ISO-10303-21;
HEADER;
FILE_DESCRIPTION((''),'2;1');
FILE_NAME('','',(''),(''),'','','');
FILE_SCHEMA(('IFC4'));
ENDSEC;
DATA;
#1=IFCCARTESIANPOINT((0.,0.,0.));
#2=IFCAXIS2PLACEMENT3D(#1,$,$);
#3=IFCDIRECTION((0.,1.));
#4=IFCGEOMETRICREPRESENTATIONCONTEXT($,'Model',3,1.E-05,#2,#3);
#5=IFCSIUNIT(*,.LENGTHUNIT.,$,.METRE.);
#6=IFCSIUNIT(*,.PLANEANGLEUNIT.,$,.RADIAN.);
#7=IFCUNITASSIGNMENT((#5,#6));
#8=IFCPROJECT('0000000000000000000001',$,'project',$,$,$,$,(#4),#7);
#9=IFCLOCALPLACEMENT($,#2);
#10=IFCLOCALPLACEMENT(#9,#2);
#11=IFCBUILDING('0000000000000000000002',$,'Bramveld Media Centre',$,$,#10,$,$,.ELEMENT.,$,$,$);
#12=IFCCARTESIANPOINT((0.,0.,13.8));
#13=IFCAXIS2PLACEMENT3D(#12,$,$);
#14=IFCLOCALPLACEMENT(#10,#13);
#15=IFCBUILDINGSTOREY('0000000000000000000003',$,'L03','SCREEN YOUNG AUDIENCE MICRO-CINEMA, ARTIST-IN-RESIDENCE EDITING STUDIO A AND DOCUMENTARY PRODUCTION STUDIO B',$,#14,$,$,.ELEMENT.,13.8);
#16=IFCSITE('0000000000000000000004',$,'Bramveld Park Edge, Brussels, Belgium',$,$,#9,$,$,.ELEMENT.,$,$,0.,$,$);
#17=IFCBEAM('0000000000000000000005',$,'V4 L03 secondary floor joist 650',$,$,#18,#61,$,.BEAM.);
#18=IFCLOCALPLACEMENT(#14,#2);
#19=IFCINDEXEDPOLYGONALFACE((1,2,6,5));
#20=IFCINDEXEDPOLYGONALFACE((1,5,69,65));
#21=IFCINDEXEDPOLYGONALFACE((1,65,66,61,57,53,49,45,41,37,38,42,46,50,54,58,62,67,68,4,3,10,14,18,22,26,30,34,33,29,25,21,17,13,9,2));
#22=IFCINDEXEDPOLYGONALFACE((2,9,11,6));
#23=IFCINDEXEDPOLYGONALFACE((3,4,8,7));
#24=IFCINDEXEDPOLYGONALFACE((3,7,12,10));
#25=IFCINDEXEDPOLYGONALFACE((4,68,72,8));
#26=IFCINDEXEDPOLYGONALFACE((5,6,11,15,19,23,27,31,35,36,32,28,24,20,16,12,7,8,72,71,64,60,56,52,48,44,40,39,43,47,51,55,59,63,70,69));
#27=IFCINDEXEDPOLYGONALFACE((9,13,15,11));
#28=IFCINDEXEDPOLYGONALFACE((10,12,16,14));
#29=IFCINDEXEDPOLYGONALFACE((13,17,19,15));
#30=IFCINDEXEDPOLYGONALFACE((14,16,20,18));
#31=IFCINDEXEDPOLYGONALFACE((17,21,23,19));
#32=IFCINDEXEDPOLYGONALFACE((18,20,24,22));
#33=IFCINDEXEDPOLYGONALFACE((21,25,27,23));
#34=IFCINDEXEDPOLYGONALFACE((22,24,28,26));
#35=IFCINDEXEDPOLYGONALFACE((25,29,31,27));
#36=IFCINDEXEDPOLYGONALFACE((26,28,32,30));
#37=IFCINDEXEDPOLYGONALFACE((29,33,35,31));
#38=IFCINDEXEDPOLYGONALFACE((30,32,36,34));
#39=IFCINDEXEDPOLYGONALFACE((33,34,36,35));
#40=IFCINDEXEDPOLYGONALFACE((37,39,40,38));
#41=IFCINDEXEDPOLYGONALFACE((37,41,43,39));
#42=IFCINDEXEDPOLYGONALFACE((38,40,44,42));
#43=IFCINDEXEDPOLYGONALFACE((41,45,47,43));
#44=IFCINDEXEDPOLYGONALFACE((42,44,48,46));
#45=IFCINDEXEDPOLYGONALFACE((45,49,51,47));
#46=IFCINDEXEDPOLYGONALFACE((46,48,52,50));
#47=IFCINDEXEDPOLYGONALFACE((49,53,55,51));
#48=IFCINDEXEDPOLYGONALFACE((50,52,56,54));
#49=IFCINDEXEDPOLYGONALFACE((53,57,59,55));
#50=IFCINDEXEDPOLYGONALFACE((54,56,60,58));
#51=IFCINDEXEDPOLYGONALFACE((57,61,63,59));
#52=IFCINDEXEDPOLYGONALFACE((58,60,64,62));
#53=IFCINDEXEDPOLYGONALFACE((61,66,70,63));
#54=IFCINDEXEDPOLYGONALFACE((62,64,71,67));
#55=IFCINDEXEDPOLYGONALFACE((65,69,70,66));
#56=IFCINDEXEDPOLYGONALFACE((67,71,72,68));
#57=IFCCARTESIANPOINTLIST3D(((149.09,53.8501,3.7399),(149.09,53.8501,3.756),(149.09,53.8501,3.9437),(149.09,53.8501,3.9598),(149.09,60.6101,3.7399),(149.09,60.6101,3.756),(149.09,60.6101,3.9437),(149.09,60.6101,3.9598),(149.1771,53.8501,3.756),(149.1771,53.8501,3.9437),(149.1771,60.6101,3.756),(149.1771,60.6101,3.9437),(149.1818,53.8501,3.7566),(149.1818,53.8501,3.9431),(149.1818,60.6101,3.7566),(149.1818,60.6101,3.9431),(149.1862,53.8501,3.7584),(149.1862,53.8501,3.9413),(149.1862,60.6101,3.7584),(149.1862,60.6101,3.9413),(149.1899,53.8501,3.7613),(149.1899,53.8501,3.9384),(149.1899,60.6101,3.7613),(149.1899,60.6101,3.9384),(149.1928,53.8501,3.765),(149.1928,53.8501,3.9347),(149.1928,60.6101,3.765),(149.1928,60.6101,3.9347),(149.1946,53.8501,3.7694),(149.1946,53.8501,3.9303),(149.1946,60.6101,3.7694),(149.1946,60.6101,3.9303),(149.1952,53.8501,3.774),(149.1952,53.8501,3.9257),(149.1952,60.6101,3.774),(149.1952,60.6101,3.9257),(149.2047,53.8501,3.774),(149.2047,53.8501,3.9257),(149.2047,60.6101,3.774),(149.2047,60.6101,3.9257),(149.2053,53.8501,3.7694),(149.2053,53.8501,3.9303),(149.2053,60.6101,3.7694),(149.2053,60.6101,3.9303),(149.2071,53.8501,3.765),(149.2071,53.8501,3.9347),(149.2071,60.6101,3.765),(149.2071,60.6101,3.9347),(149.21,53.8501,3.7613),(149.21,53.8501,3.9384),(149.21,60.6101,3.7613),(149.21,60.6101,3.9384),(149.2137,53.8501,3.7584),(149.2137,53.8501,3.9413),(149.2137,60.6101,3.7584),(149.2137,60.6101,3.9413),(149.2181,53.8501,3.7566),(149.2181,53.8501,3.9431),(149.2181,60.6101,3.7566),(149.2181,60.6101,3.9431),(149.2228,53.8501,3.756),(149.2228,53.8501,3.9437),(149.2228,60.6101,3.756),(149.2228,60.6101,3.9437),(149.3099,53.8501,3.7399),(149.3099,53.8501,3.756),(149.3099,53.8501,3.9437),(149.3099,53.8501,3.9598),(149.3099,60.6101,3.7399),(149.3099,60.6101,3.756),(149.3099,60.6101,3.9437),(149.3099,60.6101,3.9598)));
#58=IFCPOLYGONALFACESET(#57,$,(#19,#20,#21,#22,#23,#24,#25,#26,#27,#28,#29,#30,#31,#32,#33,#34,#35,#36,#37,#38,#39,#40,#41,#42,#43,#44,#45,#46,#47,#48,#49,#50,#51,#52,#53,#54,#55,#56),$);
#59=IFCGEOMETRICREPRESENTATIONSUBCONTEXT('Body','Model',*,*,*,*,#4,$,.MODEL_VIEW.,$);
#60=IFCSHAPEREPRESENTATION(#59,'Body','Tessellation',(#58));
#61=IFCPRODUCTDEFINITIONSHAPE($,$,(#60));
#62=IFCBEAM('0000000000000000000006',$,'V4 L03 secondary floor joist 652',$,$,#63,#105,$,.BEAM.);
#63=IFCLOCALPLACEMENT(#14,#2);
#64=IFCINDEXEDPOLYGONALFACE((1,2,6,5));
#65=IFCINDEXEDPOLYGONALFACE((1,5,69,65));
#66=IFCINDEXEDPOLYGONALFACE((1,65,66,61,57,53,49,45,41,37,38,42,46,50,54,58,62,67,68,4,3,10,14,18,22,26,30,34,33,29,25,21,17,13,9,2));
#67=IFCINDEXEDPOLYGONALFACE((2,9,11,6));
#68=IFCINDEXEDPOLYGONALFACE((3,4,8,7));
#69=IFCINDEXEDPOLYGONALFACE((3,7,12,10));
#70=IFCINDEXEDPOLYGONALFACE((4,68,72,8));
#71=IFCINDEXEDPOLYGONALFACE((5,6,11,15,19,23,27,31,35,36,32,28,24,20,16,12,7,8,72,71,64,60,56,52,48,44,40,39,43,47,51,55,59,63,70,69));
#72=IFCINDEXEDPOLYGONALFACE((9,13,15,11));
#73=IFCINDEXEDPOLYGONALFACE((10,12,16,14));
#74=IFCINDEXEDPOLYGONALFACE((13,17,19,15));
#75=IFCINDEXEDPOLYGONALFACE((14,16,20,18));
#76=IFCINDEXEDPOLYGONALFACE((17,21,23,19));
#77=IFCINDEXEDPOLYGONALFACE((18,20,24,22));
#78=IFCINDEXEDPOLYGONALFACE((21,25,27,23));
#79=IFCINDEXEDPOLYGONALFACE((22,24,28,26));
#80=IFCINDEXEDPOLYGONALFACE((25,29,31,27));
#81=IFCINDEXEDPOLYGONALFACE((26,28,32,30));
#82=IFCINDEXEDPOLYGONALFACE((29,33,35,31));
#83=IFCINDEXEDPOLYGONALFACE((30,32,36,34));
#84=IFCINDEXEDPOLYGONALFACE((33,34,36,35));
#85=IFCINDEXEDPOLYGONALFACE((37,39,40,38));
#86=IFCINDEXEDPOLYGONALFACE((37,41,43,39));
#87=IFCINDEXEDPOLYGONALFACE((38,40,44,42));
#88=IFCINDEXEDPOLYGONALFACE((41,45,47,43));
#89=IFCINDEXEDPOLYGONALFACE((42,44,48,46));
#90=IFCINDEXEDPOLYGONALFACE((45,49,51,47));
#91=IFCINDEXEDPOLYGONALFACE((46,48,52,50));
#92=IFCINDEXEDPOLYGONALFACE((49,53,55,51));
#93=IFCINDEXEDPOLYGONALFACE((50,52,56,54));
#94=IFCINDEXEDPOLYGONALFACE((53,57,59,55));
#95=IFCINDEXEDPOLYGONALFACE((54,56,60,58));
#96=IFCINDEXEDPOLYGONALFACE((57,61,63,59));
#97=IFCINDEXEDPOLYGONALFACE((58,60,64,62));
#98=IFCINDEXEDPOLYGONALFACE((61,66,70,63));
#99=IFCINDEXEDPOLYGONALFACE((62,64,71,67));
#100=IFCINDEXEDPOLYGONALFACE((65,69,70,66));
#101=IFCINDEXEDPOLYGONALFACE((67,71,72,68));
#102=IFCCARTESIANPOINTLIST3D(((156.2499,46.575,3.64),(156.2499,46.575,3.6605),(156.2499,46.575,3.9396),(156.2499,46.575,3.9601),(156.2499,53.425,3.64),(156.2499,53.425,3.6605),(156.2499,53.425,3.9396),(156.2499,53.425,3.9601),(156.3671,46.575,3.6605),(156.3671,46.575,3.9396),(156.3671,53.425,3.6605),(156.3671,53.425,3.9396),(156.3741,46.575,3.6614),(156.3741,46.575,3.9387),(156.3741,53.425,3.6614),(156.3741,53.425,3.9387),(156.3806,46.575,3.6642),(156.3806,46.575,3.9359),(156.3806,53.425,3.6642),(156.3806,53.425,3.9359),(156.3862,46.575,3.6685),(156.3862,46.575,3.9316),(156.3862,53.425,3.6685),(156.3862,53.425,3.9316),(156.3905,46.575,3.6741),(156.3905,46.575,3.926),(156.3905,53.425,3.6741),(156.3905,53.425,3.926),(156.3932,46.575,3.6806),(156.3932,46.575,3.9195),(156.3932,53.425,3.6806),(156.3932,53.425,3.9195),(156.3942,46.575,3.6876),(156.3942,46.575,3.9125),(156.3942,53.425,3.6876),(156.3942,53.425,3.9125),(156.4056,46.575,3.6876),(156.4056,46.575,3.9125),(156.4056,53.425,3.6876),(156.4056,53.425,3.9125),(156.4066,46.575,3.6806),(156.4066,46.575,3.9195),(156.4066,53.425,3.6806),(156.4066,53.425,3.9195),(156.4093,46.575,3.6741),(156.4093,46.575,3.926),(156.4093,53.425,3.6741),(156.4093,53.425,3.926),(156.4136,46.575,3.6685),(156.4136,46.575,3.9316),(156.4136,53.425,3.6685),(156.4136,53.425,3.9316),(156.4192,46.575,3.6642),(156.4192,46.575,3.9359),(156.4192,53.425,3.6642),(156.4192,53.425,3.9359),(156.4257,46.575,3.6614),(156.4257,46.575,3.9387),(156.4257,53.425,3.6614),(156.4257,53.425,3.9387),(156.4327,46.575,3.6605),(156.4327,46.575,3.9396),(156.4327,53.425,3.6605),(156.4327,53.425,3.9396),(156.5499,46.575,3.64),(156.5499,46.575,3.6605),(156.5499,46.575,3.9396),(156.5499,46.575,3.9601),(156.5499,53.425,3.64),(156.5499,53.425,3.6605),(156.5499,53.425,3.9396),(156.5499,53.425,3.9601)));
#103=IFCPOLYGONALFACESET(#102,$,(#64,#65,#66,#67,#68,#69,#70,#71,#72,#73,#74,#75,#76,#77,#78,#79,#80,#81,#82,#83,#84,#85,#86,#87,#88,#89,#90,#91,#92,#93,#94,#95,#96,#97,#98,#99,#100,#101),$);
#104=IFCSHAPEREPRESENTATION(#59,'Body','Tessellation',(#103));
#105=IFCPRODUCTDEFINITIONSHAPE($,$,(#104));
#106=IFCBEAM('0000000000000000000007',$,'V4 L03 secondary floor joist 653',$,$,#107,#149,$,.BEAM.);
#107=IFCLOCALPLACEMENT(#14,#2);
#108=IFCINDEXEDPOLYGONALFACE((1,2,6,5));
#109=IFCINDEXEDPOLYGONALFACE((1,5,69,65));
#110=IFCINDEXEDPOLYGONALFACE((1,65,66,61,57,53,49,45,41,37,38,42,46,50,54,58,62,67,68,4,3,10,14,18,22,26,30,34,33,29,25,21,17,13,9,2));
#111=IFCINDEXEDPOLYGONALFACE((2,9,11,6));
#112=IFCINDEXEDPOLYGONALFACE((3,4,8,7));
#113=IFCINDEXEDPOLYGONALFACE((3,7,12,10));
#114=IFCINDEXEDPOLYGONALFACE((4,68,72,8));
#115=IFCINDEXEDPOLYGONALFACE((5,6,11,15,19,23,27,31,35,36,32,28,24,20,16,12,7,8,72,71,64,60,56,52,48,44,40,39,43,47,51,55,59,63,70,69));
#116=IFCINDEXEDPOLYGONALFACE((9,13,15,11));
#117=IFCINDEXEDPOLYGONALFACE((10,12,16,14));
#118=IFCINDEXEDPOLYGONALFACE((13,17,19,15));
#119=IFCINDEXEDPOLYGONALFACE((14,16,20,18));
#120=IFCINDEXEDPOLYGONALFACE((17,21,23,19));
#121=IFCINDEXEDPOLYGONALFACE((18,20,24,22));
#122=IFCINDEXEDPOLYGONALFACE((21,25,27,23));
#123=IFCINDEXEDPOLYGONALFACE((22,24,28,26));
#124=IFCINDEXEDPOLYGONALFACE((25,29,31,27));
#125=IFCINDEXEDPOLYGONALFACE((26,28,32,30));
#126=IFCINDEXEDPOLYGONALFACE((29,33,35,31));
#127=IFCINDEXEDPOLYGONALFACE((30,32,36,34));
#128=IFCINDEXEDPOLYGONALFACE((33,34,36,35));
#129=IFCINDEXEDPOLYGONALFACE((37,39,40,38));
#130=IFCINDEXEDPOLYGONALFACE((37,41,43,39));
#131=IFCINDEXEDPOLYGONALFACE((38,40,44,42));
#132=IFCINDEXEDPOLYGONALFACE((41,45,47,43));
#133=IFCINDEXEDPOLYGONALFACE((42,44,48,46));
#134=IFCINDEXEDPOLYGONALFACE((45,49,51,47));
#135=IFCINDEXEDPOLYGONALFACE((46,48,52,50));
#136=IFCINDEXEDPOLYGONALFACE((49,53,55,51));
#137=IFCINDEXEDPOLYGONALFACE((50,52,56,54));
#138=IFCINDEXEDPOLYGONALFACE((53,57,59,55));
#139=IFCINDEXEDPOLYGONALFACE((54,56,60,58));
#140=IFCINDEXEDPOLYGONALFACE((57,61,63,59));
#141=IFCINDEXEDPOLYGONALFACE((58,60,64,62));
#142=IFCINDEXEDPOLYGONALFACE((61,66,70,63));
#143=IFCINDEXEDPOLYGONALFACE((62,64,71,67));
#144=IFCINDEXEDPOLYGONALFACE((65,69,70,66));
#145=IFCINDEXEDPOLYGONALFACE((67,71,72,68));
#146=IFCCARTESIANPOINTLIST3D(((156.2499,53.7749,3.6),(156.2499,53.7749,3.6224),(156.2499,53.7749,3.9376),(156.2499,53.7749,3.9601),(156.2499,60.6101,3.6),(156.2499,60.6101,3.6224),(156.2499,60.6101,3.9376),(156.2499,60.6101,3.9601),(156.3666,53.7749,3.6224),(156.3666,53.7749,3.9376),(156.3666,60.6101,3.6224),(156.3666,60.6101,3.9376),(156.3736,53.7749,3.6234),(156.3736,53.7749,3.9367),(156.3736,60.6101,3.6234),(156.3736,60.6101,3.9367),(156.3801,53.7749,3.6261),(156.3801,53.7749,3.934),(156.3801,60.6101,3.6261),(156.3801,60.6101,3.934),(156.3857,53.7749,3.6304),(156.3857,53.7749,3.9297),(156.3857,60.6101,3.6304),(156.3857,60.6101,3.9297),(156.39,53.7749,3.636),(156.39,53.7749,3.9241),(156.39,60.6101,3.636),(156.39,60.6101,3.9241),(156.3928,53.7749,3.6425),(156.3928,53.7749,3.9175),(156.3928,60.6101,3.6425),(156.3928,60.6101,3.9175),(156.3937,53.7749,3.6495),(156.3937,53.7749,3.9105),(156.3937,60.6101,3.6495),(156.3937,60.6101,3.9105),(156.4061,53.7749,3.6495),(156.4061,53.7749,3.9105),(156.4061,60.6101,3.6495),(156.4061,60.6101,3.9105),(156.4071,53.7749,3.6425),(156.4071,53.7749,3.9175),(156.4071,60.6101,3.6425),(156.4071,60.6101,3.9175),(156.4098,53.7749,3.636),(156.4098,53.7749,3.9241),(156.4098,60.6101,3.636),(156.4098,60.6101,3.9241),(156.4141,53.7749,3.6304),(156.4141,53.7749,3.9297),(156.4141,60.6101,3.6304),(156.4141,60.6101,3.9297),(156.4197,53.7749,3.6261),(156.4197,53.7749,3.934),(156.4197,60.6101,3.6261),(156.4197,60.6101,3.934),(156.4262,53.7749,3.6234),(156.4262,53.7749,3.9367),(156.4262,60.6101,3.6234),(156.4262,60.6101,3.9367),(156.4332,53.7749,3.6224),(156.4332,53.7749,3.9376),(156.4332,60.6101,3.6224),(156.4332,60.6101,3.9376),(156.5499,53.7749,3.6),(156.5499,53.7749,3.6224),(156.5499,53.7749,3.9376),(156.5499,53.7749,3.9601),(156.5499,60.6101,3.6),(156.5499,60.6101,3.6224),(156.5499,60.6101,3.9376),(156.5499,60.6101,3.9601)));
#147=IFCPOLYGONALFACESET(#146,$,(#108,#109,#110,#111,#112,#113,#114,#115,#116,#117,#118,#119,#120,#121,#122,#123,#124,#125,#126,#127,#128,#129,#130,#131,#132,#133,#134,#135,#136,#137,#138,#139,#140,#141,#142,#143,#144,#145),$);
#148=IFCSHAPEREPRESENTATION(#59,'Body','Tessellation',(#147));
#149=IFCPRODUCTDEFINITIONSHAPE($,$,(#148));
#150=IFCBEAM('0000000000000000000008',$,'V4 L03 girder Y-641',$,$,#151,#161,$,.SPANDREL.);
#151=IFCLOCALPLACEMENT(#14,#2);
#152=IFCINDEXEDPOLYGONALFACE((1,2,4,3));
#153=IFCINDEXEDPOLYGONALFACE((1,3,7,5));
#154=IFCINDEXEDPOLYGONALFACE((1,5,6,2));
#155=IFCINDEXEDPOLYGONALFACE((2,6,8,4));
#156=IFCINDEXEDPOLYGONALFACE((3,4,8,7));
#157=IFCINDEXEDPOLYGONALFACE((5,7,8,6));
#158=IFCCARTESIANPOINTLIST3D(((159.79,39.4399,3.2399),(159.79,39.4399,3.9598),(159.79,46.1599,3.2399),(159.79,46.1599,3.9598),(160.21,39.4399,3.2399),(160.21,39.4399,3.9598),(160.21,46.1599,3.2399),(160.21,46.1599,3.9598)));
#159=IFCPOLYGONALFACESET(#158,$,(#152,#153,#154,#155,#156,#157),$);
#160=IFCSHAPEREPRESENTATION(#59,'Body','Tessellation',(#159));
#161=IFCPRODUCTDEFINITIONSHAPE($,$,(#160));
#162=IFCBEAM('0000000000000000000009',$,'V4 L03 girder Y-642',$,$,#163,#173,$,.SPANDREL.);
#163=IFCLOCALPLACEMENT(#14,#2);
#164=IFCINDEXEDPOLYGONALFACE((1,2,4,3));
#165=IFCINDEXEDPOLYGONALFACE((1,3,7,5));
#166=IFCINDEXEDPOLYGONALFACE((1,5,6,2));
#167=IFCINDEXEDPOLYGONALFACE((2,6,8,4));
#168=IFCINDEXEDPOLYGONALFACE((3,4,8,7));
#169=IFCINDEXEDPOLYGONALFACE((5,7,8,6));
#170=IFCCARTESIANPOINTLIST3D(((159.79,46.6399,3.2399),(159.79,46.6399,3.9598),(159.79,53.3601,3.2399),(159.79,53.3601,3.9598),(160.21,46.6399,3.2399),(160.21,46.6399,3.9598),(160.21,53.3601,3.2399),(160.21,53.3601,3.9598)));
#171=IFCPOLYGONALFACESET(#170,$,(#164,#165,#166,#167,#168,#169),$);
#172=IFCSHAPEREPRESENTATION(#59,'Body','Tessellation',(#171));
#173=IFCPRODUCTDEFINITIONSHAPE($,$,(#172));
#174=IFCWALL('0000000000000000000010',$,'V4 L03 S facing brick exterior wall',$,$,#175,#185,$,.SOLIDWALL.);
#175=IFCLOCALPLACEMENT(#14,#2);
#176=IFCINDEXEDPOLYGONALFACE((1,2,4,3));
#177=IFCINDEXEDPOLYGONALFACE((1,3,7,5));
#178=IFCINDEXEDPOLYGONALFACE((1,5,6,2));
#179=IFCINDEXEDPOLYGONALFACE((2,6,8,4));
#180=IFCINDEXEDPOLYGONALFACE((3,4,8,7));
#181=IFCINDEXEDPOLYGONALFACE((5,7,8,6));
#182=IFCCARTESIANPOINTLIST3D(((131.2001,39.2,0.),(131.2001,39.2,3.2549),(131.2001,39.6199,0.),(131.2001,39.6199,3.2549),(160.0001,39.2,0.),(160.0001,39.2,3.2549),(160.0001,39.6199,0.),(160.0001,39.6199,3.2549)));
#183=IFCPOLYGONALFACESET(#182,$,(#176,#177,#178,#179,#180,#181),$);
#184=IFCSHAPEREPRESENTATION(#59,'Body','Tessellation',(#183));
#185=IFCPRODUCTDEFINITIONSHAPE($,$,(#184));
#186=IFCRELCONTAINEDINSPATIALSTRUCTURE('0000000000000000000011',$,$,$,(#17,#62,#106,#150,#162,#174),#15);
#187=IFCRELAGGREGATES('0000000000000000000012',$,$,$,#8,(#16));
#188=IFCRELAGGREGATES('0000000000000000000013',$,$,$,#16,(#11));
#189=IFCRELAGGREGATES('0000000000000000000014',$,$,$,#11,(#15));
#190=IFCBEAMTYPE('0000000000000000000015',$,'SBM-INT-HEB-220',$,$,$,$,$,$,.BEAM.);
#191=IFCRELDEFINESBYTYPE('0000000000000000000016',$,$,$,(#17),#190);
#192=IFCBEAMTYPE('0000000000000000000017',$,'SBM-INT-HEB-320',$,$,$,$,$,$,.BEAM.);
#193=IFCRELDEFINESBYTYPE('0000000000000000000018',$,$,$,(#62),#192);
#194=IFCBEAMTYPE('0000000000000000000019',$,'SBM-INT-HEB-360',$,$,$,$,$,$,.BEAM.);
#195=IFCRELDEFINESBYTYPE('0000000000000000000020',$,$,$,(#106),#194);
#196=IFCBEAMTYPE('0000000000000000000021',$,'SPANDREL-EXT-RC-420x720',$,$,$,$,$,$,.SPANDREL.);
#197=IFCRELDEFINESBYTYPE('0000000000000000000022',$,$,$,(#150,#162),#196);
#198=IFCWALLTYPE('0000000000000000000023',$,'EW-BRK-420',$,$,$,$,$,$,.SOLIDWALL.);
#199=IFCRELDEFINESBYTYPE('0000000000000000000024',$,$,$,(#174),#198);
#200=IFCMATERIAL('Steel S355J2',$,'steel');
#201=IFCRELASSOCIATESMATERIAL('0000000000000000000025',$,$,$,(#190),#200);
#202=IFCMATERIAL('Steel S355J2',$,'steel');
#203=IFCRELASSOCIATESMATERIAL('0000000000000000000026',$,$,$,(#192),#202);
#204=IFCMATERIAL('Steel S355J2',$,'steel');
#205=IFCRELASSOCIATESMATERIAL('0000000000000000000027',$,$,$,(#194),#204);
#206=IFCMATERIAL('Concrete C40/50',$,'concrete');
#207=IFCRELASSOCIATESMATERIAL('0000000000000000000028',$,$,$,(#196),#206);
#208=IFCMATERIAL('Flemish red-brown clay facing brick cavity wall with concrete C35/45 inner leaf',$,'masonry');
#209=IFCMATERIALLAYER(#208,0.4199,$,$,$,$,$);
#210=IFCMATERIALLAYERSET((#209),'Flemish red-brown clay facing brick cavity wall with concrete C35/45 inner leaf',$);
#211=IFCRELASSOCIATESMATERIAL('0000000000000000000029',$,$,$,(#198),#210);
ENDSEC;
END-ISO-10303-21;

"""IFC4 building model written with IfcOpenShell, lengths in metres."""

from ifc_helpers import new_model, si_unit, direction, frame, frame_2d, origin, origin_2d, place, context, subcontext, project, spatial, rectangle, i_section, extrude, material, layer, layer_set, material_profile, profile_set, type_object, element, save


model = new_model("IFC4")

# Units and contexts
model_context = context("Model", 3, precision=1e-05, world=origin(), true_north=direction((0.0, 1.0)))
body_context = subcontext(model_context, "Body", "Model", "MODEL_VIEW")
ifc_project = project(units=[si_unit("LENGTHUNIT", "METRE"), si_unit("PLANEANGLEUNIT", "RADIAN")], contexts=[model_context])

# Site, building, storey
site_placement = place(None, origin())
site = spatial("IfcSite", under=ifc_project, at=site_placement, Name="Bramveld Park Edge, Brussels, Belgium", CompositionType="ELEMENT", RefElevation=0.0)
building_placement = place(site_placement, origin())
building = spatial("IfcBuilding", under=site, at=building_placement, Name="Bramveld Media Centre", CompositionType="ELEMENT")
storey_placement = place(building_placement, frame((0.0, 0.0, 13.8)))
storey = spatial("IfcBuildingStorey", under=building, at=storey_placement, Name="L03", Description="SCREEN YOUNG AUDIENCE MICRO-CINEMA, ARTIST-IN-RESIDENCE EDITING STUDIO A AND DOCUMENTARY PRODUCTION STUDIO B", CompositionType="ELEMENT", Elevation=13.8)

# Beams
ifc_material_1 = material(Name="Steel S355J2", Category="steel")
ifc_material_profile_1 = material_profile(ifc_material_1, i_section(OverallWidth=0.22, OverallDepth=0.22, WebThickness=0.0095, FlangeThickness=0.0161, FilletRadius=0.0181, at=origin_2d()), Name="HEB 220")
ifc_profile_set_1 = profile_set([ifc_material_profile_1], Name="Steel S355J2")
beam_type_1 = type_object("IfcBeamType", Name="SBM-INT-HEB-220", PredefinedType="BEAM", material=ifc_profile_set_1)
beam_1_placement = place(storey_placement, frame((149.2, 53.8501, 3.8499), z_axis=(0.0, 1.0, 0.0), x_axis=(-1.0, 0.0, 0.0)))
element("IfcBeam", 1, at=beam_1_placement, inside=storey, type_object=beam_type_1, Name="V4 L03 secondary floor joist 650", PredefinedType="BEAM", context=body_context, shape_type="SweptSolid", body=[
    extrude(i_section(OverallWidth=0.22, OverallDepth=0.22, WebThickness=0.0095, FlangeThickness=0.0161, FilletRadius=0.0181, at=origin_2d()), origin(), (0.0, 0.0, 1.0), 6.76),
])
ifc_material_2 = material(Name="Steel S355J2", Category="steel")
ifc_material_profile_2 = material_profile(ifc_material_2, i_section(OverallWidth=0.3, OverallDepth=0.3201, WebThickness=0.0115, FlangeThickness=0.0205, FilletRadius=0.0271, at=origin_2d()), Name="HEB 320")
ifc_profile_set_2 = profile_set([ifc_material_profile_2], Name="Steel S355J2")
beam_type_2 = type_object("IfcBeamType", Name="SBM-INT-HEB-320", PredefinedType="BEAM", material=ifc_profile_set_2)
beam_2_placement = place(storey_placement, frame((156.3999, 46.575, 3.8), z_axis=(0.0, 1.0, 0.0), x_axis=(-1.0, 0.0, 0.0)))
element("IfcBeam", 2, at=beam_2_placement, inside=storey, type_object=beam_type_2, Name="V4 L03 secondary floor joist 652", PredefinedType="BEAM", context=body_context, shape_type="SweptSolid", body=[
    extrude(i_section(OverallWidth=0.3, OverallDepth=0.3201, WebThickness=0.0115, FlangeThickness=0.0205, FilletRadius=0.0271, at=origin_2d()), origin(), (0.0, 0.0, 1.0), 6.8501),
])
ifc_material_3 = material(Name="Steel S355J2", Category="steel")
ifc_material_profile_3 = material_profile(ifc_material_3, i_section(OverallWidth=0.3, OverallDepth=0.3601, WebThickness=0.0125, FlangeThickness=0.0225, FilletRadius=0.0271, at=origin_2d()), Name="HEB 360")
ifc_profile_set_3 = profile_set([ifc_material_profile_3], Name="Steel S355J2")
beam_type_3 = type_object("IfcBeamType", Name="SBM-INT-HEB-360", PredefinedType="BEAM", material=ifc_profile_set_3)
beam_3_placement = place(storey_placement, frame((156.3999, 53.7749, 3.78), z_axis=(0.0, 1.0, 0.0), x_axis=(-1.0, 0.0, 0.0)))
element("IfcBeam", 3, at=beam_3_placement, inside=storey, type_object=beam_type_3, Name="V4 L03 secondary floor joist 653", PredefinedType="BEAM", context=body_context, shape_type="SweptSolid", body=[
    extrude(i_section(OverallWidth=0.3, OverallDepth=0.3601, WebThickness=0.0125, FlangeThickness=0.0225, FilletRadius=0.0271, at=origin_2d()), origin(), (0.0, 0.0, 1.0), 6.8352),
])
ifc_material_4 = material(Name="Concrete C40/50", Category="concrete")
ifc_material_profile_4 = material_profile(ifc_material_4, rectangle(XDim=0.4199, YDim=0.72, at=origin_2d()), Name="RC 420x720")
ifc_profile_set_4 = profile_set([ifc_material_profile_4], Name="Concrete C40/50")
beam_type_4 = type_object("IfcBeamType", Name="SPANDREL-EXT-RC-420x720", PredefinedType="SPANDREL", material=ifc_profile_set_4)
beam_4_placement = place(storey_placement, frame((160.0, 39.4399, 3.5999), z_axis=(0.0, 1.0, 0.0), x_axis=(-1.0, 0.0, 0.0)))
element("IfcBeam", 4, at=beam_4_placement, inside=storey, type_object=beam_type_4, Name="V4 L03 girder Y-641", PredefinedType="SPANDREL", context=body_context, shape_type="SweptSolid", body=[
    extrude(rectangle(XDim=0.4199, YDim=0.72, at=origin_2d()), origin(), (0.0, 0.0, 1.0), 6.72),
])
beam_5_placement = place(storey_placement, frame((160.0, 46.6399, 3.5999), z_axis=(0.0, 1.0, 0.0), x_axis=(-1.0, 0.0, 0.0)))
element("IfcBeam", 5, at=beam_5_placement, inside=storey, type_object=beam_type_4, Name="V4 L03 girder Y-642", PredefinedType="SPANDREL", context=body_context, shape_type="SweptSolid", body=[
    extrude(rectangle(XDim=0.4199, YDim=0.72, at=origin_2d()), origin(), (0.0, 0.0, 1.0), 6.7202),
])

# Wall
ifc_material_5 = material(Name="Flemish red-brown clay facing brick cavity wall with concrete C35/45 inner leaf", Category="masonry")
ifc_layer_1 = layer(ifc_material_5, 0.4199)
ifc_layer_set_1 = layer_set([ifc_layer_1], Name="Flemish red-brown clay facing brick cavity wall with concrete C35/45 inner leaf")
wall_type_1 = type_object("IfcWallType", Name="EW-BRK-420", PredefinedType="SOLIDWALL", material=ifc_layer_set_1)
wall_1_placement = place(storey_placement, frame((160.0, 39.4099, 0.0), z_axis=(0.0, 0.0, 1.0), x_axis=(-1.0, 0.0, 0.0)))
element("IfcWall", 6, at=wall_1_placement, inside=storey, type_object=wall_type_1, Name="V4 L03 S facing brick exterior wall", PredefinedType="SOLIDWALL", context=body_context, shape_type="SweptSolid", body=[
    extrude(rectangle(XDim=28.8, YDim=0.4199, at=frame_2d((14.3999, 0.0))), origin(), (0.0, 0.0, 1.0), 3.2549),
])

save(model, "model.ifc")
